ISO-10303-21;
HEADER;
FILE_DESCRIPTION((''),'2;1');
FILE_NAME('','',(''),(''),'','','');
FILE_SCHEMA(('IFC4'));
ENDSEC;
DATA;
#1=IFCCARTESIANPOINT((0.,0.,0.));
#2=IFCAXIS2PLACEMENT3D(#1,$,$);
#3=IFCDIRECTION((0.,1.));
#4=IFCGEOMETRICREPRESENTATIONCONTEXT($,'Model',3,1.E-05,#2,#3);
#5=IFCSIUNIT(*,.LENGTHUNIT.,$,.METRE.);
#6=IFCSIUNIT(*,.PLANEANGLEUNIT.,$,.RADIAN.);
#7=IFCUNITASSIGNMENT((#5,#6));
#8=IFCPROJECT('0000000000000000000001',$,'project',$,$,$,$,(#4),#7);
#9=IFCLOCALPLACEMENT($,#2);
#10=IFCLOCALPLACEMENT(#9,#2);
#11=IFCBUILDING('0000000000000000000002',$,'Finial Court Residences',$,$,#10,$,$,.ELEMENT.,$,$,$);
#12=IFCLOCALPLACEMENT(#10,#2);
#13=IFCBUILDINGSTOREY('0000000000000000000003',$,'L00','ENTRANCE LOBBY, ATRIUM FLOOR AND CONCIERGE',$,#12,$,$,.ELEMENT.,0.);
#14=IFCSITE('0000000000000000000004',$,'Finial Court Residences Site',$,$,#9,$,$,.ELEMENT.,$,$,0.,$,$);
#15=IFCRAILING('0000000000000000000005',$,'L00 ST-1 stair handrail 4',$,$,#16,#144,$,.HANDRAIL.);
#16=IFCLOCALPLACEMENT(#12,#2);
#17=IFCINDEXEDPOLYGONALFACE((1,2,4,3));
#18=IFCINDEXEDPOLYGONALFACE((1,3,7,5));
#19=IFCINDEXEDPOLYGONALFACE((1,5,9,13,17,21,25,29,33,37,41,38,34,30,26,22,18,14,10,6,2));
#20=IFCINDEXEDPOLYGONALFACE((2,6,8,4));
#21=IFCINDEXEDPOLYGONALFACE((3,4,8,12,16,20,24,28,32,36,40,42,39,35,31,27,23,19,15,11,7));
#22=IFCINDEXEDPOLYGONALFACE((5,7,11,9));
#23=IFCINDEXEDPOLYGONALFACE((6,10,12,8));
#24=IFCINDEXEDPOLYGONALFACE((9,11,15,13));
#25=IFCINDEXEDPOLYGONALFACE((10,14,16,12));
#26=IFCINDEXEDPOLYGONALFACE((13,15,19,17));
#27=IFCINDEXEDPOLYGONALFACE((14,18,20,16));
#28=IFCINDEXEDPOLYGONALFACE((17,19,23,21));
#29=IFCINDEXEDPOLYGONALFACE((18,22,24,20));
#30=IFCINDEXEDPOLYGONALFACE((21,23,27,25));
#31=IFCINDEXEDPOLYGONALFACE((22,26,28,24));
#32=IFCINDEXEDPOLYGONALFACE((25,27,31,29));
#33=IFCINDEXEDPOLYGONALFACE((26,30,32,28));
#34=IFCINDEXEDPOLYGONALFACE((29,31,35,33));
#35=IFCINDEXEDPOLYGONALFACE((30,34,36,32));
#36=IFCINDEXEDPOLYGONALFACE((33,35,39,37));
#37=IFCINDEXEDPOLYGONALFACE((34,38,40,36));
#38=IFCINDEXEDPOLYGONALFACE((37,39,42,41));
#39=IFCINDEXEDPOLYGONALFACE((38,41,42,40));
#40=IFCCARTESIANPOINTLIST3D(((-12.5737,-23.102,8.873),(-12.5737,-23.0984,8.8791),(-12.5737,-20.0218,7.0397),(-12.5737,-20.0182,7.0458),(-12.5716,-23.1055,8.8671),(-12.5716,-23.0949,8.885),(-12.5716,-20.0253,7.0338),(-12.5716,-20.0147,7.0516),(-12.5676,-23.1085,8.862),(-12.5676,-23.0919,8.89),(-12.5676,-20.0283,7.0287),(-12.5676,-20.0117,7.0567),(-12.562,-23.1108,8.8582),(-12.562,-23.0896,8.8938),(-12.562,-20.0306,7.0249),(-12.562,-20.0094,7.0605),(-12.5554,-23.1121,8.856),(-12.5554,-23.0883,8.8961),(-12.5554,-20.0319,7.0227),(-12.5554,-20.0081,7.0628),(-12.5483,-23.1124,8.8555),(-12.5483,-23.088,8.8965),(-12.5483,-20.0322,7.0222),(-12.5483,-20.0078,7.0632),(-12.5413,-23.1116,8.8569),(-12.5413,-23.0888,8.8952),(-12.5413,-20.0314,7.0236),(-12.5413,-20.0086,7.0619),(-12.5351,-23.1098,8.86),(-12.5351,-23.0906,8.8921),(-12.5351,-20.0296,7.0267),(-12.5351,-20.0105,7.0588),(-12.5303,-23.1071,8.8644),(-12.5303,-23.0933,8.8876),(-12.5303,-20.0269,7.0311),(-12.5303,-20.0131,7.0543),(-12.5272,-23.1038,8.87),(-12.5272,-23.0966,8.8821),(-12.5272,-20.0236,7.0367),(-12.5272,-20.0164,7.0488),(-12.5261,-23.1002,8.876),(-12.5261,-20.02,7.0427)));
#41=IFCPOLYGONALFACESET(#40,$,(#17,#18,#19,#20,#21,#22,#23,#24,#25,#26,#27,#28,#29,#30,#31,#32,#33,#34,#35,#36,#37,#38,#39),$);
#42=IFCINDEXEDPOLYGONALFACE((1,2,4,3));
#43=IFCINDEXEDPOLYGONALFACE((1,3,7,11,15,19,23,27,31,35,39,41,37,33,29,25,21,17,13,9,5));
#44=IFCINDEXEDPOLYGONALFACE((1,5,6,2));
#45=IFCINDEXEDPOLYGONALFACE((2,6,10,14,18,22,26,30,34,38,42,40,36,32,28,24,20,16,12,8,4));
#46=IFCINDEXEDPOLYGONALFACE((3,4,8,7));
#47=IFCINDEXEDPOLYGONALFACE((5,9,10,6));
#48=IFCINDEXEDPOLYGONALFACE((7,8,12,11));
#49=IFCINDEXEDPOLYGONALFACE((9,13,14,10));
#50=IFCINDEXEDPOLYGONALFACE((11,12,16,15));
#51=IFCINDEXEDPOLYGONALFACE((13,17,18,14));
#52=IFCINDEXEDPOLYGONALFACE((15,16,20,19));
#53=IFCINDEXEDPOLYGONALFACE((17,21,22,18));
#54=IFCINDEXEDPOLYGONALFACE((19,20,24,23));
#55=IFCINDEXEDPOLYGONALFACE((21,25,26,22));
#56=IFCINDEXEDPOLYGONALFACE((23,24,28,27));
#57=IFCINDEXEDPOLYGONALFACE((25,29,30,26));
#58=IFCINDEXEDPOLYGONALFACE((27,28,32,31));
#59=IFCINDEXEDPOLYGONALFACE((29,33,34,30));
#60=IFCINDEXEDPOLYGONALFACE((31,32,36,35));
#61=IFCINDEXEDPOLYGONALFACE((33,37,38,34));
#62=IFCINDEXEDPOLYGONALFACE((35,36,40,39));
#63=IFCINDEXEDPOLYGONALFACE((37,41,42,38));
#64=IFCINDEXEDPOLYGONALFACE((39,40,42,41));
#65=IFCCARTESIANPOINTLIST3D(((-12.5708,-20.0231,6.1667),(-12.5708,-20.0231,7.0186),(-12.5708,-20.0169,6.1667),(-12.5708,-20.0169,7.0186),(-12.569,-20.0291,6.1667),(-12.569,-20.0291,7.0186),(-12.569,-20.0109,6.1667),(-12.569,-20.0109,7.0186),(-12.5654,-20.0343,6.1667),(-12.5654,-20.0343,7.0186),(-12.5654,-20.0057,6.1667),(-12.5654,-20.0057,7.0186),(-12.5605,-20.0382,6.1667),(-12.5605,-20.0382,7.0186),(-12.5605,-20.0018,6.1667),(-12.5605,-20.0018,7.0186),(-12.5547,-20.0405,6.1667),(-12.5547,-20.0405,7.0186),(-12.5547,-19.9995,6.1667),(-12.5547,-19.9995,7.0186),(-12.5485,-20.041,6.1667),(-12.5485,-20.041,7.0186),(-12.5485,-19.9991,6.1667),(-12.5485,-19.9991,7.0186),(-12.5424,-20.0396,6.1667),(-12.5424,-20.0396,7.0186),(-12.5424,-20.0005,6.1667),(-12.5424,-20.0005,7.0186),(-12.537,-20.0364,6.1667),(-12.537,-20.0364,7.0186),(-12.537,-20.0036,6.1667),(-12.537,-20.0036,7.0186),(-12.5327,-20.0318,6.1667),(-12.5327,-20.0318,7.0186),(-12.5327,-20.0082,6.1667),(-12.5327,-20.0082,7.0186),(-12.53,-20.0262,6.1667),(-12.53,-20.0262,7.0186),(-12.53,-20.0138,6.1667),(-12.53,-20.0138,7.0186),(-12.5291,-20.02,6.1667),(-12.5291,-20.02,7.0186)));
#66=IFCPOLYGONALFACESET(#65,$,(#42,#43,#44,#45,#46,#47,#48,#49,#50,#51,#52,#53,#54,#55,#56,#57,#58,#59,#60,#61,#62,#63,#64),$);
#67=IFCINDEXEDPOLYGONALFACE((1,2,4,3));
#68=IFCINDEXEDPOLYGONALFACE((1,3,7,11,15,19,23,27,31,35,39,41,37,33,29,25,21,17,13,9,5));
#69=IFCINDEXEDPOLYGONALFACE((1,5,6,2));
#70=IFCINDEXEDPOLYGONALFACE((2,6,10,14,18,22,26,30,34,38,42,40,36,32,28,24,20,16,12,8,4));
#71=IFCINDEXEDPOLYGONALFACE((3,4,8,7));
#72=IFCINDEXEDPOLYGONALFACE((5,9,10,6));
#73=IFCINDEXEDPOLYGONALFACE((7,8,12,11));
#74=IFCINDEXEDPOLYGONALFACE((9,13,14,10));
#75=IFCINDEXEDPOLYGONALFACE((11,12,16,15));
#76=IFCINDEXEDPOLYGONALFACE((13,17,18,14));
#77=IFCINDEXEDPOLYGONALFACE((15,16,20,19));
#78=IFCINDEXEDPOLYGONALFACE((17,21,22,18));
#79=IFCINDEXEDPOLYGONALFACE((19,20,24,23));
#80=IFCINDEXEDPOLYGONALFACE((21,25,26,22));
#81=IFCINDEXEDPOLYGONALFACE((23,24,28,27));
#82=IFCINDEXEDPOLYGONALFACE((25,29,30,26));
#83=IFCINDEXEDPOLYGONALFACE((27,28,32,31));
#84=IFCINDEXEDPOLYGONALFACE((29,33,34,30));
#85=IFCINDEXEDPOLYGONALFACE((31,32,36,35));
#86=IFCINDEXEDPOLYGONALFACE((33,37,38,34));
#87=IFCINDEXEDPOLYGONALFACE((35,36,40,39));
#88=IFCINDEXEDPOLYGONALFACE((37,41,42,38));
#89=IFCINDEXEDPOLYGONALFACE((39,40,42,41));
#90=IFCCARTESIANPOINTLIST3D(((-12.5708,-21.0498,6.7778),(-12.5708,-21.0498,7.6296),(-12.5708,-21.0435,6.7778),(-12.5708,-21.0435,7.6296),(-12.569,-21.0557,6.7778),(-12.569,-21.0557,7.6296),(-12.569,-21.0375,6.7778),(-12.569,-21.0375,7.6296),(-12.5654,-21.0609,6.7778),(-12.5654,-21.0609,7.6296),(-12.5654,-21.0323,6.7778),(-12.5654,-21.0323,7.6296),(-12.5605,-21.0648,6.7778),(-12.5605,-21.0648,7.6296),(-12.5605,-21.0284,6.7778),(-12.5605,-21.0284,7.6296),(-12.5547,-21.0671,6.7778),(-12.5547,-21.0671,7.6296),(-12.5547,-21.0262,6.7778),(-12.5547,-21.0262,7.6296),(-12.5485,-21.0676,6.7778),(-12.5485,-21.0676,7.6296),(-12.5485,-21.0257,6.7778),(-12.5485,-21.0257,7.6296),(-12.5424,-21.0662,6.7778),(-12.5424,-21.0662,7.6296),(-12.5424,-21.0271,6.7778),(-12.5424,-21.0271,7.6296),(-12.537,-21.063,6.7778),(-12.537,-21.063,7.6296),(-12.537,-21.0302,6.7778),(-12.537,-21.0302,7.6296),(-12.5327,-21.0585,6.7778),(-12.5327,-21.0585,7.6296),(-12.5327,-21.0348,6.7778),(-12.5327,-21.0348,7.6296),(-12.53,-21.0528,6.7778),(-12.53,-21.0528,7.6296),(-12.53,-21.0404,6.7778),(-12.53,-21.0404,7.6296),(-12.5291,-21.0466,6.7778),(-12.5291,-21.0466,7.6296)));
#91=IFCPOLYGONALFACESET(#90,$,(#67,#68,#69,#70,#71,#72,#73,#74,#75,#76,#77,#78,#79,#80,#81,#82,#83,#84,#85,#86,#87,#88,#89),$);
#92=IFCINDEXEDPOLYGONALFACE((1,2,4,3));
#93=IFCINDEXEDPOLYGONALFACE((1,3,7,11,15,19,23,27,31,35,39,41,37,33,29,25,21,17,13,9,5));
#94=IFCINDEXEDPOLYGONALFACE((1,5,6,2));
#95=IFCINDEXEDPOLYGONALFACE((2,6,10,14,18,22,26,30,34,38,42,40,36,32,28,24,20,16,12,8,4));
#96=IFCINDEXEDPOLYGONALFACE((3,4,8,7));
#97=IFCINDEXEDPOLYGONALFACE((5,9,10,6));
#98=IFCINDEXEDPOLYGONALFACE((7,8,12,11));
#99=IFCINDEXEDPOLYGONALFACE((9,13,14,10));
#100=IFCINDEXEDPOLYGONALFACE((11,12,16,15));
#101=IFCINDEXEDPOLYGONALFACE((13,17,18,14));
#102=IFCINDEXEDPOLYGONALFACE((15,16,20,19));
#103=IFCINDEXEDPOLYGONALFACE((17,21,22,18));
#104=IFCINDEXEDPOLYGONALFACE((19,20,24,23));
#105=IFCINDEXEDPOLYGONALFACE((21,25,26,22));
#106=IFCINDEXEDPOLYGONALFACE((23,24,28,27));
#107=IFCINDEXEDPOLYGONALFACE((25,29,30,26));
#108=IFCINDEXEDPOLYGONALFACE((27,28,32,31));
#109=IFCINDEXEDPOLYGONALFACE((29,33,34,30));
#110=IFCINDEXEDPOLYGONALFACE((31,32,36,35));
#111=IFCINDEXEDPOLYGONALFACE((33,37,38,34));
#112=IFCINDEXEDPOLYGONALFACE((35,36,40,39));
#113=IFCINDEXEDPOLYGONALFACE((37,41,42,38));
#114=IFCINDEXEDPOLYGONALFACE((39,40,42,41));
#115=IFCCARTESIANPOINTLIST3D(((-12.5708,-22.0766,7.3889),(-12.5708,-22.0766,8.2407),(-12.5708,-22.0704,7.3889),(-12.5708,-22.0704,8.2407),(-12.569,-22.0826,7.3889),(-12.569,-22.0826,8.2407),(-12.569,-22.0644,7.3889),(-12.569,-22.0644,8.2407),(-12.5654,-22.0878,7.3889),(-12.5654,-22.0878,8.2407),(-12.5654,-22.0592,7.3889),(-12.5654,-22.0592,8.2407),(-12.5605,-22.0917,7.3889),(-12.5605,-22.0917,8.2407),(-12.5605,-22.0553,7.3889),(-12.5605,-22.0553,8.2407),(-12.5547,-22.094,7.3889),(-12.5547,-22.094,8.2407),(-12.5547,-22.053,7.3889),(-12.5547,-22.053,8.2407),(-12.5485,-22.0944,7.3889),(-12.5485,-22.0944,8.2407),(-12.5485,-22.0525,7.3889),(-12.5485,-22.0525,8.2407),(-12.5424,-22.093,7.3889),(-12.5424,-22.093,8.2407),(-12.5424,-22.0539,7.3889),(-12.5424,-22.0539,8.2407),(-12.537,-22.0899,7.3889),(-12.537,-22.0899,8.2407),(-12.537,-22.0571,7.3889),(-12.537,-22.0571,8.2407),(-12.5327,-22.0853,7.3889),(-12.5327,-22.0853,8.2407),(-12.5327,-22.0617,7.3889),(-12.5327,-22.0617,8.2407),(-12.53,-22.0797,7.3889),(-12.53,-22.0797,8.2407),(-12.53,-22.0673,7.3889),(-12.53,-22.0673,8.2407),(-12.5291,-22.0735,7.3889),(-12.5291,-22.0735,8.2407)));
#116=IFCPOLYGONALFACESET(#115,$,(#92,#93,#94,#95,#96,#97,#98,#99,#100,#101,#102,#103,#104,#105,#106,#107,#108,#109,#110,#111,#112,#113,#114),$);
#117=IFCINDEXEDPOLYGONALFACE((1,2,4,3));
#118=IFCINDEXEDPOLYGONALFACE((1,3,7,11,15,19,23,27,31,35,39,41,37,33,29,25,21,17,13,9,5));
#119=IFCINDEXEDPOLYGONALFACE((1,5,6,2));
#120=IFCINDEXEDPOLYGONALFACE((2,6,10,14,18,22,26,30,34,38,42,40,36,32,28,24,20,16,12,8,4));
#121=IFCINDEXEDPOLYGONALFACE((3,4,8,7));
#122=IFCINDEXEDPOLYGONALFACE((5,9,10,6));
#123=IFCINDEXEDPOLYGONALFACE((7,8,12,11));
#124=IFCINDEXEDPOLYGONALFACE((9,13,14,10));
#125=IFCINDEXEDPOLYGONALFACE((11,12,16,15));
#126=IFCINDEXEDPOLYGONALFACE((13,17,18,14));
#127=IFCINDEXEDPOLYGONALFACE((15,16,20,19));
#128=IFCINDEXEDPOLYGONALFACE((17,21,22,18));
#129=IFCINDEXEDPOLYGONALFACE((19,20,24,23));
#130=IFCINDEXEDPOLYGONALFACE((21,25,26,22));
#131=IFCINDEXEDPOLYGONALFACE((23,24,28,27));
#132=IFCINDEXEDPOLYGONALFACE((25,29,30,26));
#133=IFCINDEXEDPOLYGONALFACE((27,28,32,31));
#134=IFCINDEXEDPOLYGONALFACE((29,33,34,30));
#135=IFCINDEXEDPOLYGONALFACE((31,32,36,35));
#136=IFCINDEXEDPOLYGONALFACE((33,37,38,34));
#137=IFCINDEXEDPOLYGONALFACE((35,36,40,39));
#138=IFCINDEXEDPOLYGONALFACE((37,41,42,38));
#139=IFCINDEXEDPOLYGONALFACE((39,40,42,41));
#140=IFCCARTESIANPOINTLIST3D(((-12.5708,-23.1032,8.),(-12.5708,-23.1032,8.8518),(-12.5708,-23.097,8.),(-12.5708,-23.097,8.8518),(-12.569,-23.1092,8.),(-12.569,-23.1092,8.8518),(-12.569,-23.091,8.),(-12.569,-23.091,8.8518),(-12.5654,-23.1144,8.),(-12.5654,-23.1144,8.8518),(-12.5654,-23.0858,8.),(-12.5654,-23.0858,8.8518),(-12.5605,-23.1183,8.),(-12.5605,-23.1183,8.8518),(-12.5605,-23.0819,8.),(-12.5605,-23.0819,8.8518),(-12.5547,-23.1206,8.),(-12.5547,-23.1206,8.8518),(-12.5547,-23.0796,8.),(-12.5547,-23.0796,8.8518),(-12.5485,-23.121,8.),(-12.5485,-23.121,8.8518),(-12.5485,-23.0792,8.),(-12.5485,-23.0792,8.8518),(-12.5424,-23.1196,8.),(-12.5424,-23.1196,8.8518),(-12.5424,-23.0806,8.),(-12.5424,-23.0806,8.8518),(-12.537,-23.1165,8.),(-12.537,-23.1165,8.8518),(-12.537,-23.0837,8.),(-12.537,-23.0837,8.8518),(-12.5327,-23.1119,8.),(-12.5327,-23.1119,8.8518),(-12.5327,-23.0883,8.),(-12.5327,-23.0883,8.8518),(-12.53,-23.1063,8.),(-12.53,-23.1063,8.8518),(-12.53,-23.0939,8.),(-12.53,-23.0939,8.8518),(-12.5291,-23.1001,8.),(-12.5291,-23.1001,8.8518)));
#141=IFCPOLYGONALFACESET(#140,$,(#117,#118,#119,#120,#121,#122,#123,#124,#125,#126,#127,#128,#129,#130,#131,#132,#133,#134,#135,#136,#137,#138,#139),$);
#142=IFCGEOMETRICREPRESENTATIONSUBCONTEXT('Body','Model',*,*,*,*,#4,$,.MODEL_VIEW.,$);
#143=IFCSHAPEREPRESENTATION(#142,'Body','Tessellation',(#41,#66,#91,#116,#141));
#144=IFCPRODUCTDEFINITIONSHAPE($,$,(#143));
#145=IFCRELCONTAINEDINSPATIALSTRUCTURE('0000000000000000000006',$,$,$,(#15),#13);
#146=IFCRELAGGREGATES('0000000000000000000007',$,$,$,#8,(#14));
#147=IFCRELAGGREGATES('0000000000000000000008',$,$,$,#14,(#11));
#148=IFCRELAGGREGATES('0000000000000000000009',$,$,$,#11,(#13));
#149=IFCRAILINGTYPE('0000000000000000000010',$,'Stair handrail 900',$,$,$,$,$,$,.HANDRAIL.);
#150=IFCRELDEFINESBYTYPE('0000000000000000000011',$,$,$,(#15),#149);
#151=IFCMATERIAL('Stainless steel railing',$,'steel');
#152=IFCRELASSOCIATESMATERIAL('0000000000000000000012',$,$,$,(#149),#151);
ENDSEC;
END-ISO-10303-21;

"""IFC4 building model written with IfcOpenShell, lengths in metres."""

from ifc_helpers import new_model, si_unit, direction, frame, origin, origin_2d, place, context, subcontext, project, spatial, circle, extrude, material, type_object, element, save


model = new_model("IFC4")

# Units and contexts
model_context = context("Model", 3, precision=1e-05, world=origin(), true_north=direction((0.0, 1.0)))
body_context = subcontext(model_context, "Body", "Model", "MODEL_VIEW")
ifc_project = project(units=[si_unit("LENGTHUNIT", "METRE"), si_unit("PLANEANGLEUNIT", "RADIAN")], contexts=[model_context])

# Site, building, storey
site_placement = place(None, origin())
site = spatial("IfcSite", under=ifc_project, at=site_placement, Name="Finial Court Residences Site", CompositionType="ELEMENT", RefElevation=0.0)
building_placement = place(site_placement, origin())
building = spatial("IfcBuilding", under=site, at=building_placement, Name="Finial Court Residences", CompositionType="ELEMENT")
storey_placement = place(building_placement, origin())
storey = spatial("IfcBuildingStorey", under=building, at=storey_placement, Name="L00", Description="ENTRANCE LOBBY, ATRIUM FLOOR AND CONCIERGE", CompositionType="ELEMENT", Elevation=0.0)

# Railing
ifc_material_1 = material(Name="Stainless steel railing", Category="steel")
railing_type = type_object("IfcRailingType", Name="Stair handrail 900", PredefinedType="HANDRAIL", material=ifc_material_1)
for number, where, name in (
    (1, (-12.55, -20.02, 6.1667), "L00 ST-1 stair handrail 4"),
):
    element("IfcRailing", number, at=place(storey_placement, frame(where)), inside=storey, type_object=railing_type, Name=name, PredefinedType="HANDRAIL", context=body_context, shape_type="SweptSolid", body=[
        extrude(circle(Radius=0.0239, at=origin_2d()), frame((0.0, 0.0, 0.876), z_axis=(0.0, -0.859309, 0.511458), x_axis=(1.0, 0.0, 0.0)), (0.0, 0.0, 1.0), 3.5845),
        extrude(circle(Radius=0.021, at=origin_2d()), origin(), (0.0, 0.0, 1.0), 0.8518),
        extrude(circle(Radius=0.021, at=origin_2d()), frame((0.0, -1.0266, 0.6111)), (0.0, 0.0, 1.0), 0.8518),
        extrude(circle(Radius=0.021, at=origin_2d()), frame((0.0, -2.0535, 1.2222)), (0.0, 0.0, 1.0), 0.8518),
        extrude(circle(Radius=0.021, at=origin_2d()), frame((0.0, -3.0801, 1.8333)), (0.0, 0.0, 1.0), 0.8518),
    ])

save(model, "model.ifc")
